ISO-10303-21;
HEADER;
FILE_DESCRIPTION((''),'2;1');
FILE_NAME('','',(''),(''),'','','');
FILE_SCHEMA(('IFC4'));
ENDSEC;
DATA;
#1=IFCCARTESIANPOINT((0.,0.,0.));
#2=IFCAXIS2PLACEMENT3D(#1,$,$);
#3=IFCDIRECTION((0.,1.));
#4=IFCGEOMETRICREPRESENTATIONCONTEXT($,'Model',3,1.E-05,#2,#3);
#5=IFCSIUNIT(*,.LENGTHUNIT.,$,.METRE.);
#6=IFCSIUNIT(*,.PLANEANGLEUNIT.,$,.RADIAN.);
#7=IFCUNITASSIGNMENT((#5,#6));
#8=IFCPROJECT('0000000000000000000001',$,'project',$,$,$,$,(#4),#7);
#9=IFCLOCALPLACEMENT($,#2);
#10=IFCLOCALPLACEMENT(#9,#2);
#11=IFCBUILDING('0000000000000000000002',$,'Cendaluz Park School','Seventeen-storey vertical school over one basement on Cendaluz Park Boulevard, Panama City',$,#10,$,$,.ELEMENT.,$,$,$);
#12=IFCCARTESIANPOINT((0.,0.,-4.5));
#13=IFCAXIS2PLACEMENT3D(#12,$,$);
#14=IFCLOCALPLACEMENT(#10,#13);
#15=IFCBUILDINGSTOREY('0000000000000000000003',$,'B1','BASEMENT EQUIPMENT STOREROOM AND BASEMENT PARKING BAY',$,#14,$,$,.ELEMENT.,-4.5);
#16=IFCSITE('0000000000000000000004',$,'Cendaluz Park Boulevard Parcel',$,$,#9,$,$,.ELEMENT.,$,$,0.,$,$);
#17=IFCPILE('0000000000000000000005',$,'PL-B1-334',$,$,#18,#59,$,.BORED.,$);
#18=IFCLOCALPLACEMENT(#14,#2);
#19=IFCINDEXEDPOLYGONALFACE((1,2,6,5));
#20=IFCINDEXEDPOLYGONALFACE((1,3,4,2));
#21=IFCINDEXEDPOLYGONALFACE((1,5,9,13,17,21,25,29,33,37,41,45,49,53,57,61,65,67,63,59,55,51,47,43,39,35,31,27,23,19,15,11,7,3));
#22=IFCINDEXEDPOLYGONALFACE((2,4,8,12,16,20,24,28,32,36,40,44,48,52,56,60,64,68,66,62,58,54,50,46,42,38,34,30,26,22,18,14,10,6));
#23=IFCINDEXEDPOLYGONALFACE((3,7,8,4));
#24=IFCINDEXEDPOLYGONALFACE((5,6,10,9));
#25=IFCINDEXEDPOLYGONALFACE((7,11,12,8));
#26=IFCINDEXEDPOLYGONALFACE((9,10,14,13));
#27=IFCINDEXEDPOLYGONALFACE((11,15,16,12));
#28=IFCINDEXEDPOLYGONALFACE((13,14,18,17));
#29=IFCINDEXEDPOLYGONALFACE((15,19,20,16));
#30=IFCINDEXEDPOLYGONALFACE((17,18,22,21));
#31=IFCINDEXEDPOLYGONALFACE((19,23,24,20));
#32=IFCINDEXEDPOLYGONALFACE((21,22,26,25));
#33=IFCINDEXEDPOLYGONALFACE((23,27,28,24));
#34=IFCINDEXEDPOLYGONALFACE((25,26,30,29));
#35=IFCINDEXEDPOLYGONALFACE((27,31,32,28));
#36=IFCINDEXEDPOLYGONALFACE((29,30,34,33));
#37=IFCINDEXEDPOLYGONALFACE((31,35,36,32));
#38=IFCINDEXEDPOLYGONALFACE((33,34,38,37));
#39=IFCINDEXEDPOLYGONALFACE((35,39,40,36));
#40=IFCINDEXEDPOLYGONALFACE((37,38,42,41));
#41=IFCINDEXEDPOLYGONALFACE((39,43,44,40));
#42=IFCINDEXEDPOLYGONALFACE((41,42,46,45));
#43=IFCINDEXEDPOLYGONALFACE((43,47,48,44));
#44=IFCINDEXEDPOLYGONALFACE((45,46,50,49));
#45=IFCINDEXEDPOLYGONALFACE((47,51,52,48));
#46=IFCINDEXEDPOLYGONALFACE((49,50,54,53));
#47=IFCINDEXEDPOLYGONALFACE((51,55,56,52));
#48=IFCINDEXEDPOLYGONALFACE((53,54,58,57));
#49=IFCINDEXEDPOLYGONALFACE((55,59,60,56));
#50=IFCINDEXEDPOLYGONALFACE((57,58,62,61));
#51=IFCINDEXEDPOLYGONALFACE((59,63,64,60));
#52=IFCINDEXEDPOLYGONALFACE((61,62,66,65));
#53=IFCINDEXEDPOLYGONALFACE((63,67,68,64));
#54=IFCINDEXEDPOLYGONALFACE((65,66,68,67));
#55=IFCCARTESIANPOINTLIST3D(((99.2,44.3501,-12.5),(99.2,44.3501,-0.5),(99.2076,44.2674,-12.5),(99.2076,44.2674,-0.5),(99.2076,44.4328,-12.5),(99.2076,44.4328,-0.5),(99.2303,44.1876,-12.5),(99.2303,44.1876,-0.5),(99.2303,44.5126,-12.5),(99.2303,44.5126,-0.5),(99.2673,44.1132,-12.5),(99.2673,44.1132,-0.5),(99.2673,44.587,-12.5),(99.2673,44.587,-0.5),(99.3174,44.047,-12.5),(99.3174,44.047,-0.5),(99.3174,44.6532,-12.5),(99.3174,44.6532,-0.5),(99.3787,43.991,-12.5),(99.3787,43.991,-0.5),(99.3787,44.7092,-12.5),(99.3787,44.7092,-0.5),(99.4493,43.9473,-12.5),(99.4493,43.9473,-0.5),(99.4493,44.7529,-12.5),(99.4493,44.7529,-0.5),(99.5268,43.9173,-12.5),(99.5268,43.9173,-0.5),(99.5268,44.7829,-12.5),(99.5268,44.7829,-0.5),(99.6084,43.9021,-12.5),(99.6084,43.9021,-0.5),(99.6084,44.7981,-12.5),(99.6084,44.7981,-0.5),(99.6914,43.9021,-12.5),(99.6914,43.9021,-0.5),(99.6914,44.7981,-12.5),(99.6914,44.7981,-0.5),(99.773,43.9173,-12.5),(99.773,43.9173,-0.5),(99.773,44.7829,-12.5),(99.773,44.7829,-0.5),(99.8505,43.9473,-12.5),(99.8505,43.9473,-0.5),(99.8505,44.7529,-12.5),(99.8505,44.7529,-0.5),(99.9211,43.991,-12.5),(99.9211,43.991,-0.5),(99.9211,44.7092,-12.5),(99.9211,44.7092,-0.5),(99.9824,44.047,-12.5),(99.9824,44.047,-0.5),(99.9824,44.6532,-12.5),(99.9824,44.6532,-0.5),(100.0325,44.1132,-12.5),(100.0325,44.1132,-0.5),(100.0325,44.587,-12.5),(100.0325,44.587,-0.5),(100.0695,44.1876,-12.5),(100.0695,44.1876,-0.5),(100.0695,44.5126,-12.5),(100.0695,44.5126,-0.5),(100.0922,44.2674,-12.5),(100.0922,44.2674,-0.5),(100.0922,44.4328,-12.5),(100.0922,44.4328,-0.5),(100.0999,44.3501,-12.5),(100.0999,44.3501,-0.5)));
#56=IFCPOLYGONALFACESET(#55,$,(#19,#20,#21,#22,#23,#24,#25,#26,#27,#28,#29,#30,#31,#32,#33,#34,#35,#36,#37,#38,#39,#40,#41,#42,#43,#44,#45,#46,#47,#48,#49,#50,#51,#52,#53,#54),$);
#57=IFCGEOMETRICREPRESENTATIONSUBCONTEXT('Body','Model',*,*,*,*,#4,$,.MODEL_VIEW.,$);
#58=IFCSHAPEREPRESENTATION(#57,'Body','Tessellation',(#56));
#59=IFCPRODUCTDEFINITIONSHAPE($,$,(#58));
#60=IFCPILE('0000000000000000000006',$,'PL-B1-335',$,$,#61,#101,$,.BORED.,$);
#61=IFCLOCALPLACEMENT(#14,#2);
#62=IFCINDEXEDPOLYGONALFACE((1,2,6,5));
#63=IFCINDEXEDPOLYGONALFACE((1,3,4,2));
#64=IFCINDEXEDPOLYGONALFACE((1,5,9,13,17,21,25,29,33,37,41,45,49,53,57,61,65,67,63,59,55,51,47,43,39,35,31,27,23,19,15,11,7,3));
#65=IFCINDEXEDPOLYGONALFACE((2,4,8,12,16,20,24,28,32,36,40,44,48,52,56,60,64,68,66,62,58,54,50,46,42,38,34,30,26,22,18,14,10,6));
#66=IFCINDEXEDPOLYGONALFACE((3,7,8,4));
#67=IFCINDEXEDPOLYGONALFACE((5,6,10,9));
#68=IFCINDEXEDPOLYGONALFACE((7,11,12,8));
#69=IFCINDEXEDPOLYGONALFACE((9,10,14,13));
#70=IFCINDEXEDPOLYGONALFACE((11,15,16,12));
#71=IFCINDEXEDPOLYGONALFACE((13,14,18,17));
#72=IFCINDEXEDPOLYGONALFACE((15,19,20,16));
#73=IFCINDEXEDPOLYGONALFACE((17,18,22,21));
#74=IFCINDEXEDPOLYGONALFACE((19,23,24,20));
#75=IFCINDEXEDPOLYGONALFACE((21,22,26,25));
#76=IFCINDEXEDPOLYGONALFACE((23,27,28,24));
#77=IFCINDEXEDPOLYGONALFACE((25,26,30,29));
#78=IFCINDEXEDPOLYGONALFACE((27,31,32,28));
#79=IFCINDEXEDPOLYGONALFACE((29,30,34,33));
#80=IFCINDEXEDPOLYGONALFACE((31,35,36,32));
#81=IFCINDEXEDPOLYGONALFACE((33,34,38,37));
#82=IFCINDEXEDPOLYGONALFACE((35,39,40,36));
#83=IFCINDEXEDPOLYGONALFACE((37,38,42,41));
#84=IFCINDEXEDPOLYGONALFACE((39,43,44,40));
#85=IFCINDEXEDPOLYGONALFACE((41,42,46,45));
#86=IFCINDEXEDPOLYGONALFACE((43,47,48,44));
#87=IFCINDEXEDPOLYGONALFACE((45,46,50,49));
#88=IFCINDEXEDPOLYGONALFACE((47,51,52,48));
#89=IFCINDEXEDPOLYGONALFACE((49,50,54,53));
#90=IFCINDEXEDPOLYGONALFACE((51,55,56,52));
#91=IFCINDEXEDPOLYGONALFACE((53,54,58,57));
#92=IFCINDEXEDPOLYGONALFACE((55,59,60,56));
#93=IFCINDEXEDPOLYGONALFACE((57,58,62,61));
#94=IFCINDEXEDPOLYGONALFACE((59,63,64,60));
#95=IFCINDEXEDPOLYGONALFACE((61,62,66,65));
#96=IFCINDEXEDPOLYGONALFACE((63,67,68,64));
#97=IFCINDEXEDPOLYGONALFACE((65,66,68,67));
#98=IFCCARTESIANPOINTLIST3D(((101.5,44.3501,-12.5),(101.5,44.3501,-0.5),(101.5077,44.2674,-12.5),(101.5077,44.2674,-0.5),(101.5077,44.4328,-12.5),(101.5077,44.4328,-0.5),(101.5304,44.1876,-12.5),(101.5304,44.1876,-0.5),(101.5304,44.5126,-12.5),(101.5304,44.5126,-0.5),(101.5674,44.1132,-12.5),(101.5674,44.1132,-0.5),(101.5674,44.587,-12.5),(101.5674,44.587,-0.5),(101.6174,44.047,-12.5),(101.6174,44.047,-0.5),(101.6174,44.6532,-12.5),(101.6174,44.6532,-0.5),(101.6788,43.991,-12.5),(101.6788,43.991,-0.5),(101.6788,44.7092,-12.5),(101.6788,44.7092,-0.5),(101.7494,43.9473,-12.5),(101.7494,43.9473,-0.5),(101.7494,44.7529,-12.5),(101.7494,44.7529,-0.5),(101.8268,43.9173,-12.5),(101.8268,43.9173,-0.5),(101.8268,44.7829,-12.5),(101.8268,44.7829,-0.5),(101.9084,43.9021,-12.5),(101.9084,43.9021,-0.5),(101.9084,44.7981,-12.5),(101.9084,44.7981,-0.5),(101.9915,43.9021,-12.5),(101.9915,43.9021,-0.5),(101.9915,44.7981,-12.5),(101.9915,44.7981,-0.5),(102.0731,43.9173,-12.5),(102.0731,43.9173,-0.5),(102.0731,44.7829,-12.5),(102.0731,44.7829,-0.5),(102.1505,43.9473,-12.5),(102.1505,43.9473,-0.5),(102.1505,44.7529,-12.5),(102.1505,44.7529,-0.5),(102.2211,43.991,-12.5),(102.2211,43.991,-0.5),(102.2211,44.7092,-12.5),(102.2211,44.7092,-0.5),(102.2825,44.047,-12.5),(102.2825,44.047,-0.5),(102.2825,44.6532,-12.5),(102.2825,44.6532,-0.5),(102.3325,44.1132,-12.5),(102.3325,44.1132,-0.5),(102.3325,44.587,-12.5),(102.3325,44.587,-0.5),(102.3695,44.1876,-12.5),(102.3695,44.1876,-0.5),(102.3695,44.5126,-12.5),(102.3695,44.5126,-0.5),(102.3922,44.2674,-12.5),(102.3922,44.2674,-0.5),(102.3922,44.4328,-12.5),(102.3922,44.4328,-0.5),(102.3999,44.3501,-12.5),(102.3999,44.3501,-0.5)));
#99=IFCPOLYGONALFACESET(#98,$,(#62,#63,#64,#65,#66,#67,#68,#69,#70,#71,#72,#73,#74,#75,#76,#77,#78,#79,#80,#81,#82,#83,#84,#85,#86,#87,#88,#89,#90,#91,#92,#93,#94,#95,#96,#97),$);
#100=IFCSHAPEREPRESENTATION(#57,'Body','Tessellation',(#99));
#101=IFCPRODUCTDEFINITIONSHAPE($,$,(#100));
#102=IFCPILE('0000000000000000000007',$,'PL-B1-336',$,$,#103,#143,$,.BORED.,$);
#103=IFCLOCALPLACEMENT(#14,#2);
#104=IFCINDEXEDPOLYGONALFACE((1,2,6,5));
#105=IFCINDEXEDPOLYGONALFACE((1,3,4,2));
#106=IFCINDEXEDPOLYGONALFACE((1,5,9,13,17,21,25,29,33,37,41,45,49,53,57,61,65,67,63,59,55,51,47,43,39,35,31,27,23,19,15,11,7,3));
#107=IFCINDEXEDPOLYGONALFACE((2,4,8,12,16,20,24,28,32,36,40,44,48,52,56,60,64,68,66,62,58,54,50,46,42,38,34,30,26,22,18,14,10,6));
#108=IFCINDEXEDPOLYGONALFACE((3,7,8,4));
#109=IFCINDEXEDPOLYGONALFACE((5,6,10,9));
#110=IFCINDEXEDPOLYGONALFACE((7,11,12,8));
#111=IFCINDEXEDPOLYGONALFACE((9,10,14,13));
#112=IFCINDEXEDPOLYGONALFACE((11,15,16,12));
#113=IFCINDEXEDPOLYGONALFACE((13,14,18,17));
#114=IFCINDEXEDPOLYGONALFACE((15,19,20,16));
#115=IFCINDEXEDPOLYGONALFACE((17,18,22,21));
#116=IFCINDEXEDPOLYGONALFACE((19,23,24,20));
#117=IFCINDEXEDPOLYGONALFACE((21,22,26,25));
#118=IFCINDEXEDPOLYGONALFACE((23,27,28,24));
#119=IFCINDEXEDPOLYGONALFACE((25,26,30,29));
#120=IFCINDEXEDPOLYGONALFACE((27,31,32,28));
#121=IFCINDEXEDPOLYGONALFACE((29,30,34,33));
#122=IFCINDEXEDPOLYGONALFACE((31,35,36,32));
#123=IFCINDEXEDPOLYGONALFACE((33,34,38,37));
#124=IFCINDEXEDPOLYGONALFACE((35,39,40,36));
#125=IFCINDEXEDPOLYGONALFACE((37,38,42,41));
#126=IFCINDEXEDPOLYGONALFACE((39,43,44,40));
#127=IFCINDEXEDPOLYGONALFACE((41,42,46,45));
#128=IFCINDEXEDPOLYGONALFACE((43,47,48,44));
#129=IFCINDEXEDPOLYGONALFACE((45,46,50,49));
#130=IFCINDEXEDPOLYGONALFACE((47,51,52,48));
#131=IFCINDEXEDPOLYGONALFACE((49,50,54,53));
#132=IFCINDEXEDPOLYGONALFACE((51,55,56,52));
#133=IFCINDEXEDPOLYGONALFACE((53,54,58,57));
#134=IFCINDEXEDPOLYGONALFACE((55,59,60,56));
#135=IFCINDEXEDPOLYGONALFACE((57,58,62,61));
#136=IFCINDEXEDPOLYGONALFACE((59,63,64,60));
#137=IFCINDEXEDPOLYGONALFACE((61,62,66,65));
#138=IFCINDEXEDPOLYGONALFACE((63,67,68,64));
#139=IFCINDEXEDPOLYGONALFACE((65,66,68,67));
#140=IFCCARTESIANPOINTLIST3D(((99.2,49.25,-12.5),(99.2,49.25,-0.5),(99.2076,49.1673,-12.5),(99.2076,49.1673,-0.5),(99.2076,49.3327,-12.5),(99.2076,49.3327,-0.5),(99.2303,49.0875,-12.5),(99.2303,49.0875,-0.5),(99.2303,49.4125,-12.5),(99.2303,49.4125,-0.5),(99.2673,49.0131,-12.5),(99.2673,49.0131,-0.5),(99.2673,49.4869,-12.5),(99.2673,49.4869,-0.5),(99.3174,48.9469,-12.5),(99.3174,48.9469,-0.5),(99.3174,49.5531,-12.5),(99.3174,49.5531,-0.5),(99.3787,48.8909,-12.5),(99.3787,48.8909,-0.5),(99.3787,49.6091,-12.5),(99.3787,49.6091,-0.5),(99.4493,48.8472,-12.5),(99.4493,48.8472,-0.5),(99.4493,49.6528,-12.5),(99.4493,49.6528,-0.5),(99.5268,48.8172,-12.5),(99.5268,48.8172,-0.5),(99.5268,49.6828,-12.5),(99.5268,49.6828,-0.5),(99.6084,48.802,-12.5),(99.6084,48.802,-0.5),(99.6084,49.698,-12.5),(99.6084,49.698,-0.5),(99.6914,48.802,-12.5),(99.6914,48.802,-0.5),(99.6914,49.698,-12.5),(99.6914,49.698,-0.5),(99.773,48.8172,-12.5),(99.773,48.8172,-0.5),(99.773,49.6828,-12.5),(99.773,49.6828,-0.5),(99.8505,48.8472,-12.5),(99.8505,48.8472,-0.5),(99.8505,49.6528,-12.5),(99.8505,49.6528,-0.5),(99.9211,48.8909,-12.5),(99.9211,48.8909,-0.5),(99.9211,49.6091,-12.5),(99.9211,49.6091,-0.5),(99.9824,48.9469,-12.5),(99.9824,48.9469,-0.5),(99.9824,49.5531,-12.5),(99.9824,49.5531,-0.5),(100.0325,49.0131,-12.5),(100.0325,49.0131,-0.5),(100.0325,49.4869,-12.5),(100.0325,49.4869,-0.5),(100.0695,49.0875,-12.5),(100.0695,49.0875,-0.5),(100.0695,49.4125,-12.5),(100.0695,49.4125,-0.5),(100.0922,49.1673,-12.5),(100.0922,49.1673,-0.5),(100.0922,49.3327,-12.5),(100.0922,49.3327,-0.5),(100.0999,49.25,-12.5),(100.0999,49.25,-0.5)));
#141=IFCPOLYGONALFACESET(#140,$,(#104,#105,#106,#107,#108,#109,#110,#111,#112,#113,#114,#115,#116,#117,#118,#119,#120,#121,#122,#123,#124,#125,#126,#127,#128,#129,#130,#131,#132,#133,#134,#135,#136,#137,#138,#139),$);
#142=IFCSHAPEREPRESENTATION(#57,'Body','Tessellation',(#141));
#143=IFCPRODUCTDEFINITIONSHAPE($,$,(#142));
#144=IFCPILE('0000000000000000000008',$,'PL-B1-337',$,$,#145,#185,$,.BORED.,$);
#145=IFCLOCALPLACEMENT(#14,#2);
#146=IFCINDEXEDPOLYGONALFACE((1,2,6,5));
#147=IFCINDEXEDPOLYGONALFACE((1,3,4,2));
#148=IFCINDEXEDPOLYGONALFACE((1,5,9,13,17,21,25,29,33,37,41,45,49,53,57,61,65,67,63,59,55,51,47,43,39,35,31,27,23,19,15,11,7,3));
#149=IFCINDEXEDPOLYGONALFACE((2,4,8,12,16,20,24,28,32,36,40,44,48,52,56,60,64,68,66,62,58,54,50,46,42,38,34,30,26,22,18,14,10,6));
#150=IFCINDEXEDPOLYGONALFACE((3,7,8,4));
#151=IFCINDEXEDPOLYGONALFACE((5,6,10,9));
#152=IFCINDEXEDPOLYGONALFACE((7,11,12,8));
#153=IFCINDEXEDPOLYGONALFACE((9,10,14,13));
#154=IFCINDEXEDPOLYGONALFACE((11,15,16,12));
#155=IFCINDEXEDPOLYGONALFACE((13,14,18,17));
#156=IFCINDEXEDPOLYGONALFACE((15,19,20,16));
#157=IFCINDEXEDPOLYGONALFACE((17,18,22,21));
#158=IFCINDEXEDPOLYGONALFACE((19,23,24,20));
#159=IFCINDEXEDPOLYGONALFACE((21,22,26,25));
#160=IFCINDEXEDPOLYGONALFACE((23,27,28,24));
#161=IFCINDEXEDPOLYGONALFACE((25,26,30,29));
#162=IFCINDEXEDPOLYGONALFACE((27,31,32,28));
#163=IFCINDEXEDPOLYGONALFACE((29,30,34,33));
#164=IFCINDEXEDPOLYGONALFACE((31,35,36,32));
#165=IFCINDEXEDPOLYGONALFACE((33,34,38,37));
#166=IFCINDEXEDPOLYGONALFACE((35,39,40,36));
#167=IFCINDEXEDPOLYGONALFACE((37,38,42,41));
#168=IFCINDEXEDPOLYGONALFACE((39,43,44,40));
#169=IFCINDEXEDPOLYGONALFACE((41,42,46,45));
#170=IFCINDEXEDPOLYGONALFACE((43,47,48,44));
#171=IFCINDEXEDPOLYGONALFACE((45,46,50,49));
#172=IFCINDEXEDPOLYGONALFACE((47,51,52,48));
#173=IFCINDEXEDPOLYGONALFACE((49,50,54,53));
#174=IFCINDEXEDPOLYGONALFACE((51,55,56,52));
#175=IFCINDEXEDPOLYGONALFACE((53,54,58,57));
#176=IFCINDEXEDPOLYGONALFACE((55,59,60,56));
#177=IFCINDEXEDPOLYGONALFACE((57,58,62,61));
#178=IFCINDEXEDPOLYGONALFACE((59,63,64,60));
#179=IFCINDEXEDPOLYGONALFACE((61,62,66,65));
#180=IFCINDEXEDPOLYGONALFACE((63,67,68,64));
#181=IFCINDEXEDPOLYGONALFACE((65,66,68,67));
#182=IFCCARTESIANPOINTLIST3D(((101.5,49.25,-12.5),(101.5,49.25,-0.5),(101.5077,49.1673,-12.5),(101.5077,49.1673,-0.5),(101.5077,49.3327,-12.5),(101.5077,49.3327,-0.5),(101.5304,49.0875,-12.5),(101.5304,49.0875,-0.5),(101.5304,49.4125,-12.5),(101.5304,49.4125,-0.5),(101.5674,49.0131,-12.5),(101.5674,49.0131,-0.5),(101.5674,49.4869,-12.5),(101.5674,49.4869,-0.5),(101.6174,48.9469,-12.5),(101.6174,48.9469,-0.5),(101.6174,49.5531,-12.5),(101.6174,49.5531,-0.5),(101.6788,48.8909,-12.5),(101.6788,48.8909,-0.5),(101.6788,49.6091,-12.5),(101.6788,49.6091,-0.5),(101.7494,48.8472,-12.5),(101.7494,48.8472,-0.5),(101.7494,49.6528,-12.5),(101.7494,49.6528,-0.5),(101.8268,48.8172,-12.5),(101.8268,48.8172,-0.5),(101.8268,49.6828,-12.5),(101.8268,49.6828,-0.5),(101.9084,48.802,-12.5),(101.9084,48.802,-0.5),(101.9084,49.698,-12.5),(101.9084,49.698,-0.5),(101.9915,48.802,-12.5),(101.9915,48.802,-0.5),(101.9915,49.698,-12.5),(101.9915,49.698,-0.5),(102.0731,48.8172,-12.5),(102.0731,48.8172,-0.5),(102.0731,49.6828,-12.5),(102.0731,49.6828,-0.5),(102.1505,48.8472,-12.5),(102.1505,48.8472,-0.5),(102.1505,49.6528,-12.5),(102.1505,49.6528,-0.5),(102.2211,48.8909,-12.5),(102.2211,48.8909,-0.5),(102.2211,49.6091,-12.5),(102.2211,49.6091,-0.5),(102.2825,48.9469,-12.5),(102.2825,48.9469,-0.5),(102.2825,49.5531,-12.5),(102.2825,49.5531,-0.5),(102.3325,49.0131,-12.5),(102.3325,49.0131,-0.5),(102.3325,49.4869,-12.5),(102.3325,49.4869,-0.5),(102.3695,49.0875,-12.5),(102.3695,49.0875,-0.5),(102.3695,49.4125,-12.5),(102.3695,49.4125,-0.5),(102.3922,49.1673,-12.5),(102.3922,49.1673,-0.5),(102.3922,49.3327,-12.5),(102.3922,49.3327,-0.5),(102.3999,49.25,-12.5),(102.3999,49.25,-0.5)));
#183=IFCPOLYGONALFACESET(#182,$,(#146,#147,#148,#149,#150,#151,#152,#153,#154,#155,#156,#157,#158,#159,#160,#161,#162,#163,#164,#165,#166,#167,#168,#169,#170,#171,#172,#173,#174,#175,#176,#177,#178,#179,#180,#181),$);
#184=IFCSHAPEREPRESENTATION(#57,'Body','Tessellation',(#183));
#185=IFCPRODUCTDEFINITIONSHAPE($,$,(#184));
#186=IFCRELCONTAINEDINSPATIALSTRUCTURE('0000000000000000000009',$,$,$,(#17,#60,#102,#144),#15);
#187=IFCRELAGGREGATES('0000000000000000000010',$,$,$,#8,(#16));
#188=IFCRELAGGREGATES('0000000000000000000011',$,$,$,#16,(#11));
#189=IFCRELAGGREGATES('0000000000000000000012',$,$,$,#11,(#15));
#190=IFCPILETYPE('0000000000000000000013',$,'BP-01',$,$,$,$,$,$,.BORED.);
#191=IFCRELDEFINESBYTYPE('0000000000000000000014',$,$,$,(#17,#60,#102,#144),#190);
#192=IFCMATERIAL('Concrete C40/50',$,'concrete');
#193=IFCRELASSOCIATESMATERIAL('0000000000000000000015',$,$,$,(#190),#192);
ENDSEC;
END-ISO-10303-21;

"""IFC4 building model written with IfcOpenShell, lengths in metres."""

from ifc_helpers import new_model, si_unit, direction, frame, origin, origin_2d, place, context, subcontext, project, spatial, circle, extrude, material, material_profile, profile_set, type_object, element, save


model = new_model("IFC4")

# Units and contexts
model_context = context("Model", 3, precision=1e-05, world=origin(), true_north=direction((0.0, 1.0)))
body_context = subcontext(model_context, "Body", "Model", "MODEL_VIEW")
ifc_project = project(units=[si_unit("LENGTHUNIT", "METRE"), si_unit("PLANEANGLEUNIT", "RADIAN")], contexts=[model_context])

# Site, building, storey
site_placement = place(None, origin())
site = spatial("IfcSite", under=ifc_project, at=site_placement, Name="Cendaluz Park Boulevard Parcel", CompositionType="ELEMENT", RefElevation=0.0)
building_placement = place(site_placement, origin())
building = spatial("IfcBuilding", under=site, at=building_placement, Name="Cendaluz Park School", Description="Seventeen-storey vertical school over one basement on Cendaluz Park Boulevard, Panama City", CompositionType="ELEMENT")
storey_placement = place(building_placement, frame((0.0, 0.0, -4.5)))
storey = spatial("IfcBuildingStorey", under=building, at=storey_placement, Name="B1", Description="BASEMENT EQUIPMENT STOREROOM AND BASEMENT PARKING BAY", CompositionType="ELEMENT", Elevation=-4.5)

# Piles
ifc_material_1 = material(Name="Concrete C40/50", Category="concrete")
ifc_material_profile_1 = material_profile(ifc_material_1, circle(Radius=0.45, at=origin_2d()), Name="BP D900", Category="concrete")
ifc_profile_set_1 = profile_set([ifc_material_profile_1], Name="Concrete C40/50")
pile_type = type_object("IfcPileType", Name="BP-01", PredefinedType="BORED", material=ifc_profile_set_1)
for number, where, z_axis, x_axis, name in (
    (1, (99.6499, 44.3501, -0.5), (0.0, 0.0, -1.0), (1.0, 0.0, 0.0), "PL-B1-334"),
    (2, (101.95, 44.3501, -0.5), (0.0, 0.0, -1.0), (1.0, 0.0, 0.0), "PL-B1-335"),
    (3, (99.6499, 49.25, -0.5), (0.0, 0.0, -1.0), (1.0, 0.0, 0.0), "PL-B1-336"),
    (4, (101.95, 49.25, -0.5), (0.0, 0.0, -1.0), (1.0, 0.0, 0.0), "PL-B1-337"),
):
    element("IfcPile", number, at=place(storey_placement, frame(where, z_axis=z_axis, x_axis=x_axis)), inside=storey, type_object=pile_type, Name=name, PredefinedType="BORED", context=body_context, shape_type="SweptSolid", body=[
        extrude(circle(Radius=0.45, at=origin_2d()), origin(), (0.0, 0.0, 1.0), 12.0),
    ])

save(model, "model.ifc")
